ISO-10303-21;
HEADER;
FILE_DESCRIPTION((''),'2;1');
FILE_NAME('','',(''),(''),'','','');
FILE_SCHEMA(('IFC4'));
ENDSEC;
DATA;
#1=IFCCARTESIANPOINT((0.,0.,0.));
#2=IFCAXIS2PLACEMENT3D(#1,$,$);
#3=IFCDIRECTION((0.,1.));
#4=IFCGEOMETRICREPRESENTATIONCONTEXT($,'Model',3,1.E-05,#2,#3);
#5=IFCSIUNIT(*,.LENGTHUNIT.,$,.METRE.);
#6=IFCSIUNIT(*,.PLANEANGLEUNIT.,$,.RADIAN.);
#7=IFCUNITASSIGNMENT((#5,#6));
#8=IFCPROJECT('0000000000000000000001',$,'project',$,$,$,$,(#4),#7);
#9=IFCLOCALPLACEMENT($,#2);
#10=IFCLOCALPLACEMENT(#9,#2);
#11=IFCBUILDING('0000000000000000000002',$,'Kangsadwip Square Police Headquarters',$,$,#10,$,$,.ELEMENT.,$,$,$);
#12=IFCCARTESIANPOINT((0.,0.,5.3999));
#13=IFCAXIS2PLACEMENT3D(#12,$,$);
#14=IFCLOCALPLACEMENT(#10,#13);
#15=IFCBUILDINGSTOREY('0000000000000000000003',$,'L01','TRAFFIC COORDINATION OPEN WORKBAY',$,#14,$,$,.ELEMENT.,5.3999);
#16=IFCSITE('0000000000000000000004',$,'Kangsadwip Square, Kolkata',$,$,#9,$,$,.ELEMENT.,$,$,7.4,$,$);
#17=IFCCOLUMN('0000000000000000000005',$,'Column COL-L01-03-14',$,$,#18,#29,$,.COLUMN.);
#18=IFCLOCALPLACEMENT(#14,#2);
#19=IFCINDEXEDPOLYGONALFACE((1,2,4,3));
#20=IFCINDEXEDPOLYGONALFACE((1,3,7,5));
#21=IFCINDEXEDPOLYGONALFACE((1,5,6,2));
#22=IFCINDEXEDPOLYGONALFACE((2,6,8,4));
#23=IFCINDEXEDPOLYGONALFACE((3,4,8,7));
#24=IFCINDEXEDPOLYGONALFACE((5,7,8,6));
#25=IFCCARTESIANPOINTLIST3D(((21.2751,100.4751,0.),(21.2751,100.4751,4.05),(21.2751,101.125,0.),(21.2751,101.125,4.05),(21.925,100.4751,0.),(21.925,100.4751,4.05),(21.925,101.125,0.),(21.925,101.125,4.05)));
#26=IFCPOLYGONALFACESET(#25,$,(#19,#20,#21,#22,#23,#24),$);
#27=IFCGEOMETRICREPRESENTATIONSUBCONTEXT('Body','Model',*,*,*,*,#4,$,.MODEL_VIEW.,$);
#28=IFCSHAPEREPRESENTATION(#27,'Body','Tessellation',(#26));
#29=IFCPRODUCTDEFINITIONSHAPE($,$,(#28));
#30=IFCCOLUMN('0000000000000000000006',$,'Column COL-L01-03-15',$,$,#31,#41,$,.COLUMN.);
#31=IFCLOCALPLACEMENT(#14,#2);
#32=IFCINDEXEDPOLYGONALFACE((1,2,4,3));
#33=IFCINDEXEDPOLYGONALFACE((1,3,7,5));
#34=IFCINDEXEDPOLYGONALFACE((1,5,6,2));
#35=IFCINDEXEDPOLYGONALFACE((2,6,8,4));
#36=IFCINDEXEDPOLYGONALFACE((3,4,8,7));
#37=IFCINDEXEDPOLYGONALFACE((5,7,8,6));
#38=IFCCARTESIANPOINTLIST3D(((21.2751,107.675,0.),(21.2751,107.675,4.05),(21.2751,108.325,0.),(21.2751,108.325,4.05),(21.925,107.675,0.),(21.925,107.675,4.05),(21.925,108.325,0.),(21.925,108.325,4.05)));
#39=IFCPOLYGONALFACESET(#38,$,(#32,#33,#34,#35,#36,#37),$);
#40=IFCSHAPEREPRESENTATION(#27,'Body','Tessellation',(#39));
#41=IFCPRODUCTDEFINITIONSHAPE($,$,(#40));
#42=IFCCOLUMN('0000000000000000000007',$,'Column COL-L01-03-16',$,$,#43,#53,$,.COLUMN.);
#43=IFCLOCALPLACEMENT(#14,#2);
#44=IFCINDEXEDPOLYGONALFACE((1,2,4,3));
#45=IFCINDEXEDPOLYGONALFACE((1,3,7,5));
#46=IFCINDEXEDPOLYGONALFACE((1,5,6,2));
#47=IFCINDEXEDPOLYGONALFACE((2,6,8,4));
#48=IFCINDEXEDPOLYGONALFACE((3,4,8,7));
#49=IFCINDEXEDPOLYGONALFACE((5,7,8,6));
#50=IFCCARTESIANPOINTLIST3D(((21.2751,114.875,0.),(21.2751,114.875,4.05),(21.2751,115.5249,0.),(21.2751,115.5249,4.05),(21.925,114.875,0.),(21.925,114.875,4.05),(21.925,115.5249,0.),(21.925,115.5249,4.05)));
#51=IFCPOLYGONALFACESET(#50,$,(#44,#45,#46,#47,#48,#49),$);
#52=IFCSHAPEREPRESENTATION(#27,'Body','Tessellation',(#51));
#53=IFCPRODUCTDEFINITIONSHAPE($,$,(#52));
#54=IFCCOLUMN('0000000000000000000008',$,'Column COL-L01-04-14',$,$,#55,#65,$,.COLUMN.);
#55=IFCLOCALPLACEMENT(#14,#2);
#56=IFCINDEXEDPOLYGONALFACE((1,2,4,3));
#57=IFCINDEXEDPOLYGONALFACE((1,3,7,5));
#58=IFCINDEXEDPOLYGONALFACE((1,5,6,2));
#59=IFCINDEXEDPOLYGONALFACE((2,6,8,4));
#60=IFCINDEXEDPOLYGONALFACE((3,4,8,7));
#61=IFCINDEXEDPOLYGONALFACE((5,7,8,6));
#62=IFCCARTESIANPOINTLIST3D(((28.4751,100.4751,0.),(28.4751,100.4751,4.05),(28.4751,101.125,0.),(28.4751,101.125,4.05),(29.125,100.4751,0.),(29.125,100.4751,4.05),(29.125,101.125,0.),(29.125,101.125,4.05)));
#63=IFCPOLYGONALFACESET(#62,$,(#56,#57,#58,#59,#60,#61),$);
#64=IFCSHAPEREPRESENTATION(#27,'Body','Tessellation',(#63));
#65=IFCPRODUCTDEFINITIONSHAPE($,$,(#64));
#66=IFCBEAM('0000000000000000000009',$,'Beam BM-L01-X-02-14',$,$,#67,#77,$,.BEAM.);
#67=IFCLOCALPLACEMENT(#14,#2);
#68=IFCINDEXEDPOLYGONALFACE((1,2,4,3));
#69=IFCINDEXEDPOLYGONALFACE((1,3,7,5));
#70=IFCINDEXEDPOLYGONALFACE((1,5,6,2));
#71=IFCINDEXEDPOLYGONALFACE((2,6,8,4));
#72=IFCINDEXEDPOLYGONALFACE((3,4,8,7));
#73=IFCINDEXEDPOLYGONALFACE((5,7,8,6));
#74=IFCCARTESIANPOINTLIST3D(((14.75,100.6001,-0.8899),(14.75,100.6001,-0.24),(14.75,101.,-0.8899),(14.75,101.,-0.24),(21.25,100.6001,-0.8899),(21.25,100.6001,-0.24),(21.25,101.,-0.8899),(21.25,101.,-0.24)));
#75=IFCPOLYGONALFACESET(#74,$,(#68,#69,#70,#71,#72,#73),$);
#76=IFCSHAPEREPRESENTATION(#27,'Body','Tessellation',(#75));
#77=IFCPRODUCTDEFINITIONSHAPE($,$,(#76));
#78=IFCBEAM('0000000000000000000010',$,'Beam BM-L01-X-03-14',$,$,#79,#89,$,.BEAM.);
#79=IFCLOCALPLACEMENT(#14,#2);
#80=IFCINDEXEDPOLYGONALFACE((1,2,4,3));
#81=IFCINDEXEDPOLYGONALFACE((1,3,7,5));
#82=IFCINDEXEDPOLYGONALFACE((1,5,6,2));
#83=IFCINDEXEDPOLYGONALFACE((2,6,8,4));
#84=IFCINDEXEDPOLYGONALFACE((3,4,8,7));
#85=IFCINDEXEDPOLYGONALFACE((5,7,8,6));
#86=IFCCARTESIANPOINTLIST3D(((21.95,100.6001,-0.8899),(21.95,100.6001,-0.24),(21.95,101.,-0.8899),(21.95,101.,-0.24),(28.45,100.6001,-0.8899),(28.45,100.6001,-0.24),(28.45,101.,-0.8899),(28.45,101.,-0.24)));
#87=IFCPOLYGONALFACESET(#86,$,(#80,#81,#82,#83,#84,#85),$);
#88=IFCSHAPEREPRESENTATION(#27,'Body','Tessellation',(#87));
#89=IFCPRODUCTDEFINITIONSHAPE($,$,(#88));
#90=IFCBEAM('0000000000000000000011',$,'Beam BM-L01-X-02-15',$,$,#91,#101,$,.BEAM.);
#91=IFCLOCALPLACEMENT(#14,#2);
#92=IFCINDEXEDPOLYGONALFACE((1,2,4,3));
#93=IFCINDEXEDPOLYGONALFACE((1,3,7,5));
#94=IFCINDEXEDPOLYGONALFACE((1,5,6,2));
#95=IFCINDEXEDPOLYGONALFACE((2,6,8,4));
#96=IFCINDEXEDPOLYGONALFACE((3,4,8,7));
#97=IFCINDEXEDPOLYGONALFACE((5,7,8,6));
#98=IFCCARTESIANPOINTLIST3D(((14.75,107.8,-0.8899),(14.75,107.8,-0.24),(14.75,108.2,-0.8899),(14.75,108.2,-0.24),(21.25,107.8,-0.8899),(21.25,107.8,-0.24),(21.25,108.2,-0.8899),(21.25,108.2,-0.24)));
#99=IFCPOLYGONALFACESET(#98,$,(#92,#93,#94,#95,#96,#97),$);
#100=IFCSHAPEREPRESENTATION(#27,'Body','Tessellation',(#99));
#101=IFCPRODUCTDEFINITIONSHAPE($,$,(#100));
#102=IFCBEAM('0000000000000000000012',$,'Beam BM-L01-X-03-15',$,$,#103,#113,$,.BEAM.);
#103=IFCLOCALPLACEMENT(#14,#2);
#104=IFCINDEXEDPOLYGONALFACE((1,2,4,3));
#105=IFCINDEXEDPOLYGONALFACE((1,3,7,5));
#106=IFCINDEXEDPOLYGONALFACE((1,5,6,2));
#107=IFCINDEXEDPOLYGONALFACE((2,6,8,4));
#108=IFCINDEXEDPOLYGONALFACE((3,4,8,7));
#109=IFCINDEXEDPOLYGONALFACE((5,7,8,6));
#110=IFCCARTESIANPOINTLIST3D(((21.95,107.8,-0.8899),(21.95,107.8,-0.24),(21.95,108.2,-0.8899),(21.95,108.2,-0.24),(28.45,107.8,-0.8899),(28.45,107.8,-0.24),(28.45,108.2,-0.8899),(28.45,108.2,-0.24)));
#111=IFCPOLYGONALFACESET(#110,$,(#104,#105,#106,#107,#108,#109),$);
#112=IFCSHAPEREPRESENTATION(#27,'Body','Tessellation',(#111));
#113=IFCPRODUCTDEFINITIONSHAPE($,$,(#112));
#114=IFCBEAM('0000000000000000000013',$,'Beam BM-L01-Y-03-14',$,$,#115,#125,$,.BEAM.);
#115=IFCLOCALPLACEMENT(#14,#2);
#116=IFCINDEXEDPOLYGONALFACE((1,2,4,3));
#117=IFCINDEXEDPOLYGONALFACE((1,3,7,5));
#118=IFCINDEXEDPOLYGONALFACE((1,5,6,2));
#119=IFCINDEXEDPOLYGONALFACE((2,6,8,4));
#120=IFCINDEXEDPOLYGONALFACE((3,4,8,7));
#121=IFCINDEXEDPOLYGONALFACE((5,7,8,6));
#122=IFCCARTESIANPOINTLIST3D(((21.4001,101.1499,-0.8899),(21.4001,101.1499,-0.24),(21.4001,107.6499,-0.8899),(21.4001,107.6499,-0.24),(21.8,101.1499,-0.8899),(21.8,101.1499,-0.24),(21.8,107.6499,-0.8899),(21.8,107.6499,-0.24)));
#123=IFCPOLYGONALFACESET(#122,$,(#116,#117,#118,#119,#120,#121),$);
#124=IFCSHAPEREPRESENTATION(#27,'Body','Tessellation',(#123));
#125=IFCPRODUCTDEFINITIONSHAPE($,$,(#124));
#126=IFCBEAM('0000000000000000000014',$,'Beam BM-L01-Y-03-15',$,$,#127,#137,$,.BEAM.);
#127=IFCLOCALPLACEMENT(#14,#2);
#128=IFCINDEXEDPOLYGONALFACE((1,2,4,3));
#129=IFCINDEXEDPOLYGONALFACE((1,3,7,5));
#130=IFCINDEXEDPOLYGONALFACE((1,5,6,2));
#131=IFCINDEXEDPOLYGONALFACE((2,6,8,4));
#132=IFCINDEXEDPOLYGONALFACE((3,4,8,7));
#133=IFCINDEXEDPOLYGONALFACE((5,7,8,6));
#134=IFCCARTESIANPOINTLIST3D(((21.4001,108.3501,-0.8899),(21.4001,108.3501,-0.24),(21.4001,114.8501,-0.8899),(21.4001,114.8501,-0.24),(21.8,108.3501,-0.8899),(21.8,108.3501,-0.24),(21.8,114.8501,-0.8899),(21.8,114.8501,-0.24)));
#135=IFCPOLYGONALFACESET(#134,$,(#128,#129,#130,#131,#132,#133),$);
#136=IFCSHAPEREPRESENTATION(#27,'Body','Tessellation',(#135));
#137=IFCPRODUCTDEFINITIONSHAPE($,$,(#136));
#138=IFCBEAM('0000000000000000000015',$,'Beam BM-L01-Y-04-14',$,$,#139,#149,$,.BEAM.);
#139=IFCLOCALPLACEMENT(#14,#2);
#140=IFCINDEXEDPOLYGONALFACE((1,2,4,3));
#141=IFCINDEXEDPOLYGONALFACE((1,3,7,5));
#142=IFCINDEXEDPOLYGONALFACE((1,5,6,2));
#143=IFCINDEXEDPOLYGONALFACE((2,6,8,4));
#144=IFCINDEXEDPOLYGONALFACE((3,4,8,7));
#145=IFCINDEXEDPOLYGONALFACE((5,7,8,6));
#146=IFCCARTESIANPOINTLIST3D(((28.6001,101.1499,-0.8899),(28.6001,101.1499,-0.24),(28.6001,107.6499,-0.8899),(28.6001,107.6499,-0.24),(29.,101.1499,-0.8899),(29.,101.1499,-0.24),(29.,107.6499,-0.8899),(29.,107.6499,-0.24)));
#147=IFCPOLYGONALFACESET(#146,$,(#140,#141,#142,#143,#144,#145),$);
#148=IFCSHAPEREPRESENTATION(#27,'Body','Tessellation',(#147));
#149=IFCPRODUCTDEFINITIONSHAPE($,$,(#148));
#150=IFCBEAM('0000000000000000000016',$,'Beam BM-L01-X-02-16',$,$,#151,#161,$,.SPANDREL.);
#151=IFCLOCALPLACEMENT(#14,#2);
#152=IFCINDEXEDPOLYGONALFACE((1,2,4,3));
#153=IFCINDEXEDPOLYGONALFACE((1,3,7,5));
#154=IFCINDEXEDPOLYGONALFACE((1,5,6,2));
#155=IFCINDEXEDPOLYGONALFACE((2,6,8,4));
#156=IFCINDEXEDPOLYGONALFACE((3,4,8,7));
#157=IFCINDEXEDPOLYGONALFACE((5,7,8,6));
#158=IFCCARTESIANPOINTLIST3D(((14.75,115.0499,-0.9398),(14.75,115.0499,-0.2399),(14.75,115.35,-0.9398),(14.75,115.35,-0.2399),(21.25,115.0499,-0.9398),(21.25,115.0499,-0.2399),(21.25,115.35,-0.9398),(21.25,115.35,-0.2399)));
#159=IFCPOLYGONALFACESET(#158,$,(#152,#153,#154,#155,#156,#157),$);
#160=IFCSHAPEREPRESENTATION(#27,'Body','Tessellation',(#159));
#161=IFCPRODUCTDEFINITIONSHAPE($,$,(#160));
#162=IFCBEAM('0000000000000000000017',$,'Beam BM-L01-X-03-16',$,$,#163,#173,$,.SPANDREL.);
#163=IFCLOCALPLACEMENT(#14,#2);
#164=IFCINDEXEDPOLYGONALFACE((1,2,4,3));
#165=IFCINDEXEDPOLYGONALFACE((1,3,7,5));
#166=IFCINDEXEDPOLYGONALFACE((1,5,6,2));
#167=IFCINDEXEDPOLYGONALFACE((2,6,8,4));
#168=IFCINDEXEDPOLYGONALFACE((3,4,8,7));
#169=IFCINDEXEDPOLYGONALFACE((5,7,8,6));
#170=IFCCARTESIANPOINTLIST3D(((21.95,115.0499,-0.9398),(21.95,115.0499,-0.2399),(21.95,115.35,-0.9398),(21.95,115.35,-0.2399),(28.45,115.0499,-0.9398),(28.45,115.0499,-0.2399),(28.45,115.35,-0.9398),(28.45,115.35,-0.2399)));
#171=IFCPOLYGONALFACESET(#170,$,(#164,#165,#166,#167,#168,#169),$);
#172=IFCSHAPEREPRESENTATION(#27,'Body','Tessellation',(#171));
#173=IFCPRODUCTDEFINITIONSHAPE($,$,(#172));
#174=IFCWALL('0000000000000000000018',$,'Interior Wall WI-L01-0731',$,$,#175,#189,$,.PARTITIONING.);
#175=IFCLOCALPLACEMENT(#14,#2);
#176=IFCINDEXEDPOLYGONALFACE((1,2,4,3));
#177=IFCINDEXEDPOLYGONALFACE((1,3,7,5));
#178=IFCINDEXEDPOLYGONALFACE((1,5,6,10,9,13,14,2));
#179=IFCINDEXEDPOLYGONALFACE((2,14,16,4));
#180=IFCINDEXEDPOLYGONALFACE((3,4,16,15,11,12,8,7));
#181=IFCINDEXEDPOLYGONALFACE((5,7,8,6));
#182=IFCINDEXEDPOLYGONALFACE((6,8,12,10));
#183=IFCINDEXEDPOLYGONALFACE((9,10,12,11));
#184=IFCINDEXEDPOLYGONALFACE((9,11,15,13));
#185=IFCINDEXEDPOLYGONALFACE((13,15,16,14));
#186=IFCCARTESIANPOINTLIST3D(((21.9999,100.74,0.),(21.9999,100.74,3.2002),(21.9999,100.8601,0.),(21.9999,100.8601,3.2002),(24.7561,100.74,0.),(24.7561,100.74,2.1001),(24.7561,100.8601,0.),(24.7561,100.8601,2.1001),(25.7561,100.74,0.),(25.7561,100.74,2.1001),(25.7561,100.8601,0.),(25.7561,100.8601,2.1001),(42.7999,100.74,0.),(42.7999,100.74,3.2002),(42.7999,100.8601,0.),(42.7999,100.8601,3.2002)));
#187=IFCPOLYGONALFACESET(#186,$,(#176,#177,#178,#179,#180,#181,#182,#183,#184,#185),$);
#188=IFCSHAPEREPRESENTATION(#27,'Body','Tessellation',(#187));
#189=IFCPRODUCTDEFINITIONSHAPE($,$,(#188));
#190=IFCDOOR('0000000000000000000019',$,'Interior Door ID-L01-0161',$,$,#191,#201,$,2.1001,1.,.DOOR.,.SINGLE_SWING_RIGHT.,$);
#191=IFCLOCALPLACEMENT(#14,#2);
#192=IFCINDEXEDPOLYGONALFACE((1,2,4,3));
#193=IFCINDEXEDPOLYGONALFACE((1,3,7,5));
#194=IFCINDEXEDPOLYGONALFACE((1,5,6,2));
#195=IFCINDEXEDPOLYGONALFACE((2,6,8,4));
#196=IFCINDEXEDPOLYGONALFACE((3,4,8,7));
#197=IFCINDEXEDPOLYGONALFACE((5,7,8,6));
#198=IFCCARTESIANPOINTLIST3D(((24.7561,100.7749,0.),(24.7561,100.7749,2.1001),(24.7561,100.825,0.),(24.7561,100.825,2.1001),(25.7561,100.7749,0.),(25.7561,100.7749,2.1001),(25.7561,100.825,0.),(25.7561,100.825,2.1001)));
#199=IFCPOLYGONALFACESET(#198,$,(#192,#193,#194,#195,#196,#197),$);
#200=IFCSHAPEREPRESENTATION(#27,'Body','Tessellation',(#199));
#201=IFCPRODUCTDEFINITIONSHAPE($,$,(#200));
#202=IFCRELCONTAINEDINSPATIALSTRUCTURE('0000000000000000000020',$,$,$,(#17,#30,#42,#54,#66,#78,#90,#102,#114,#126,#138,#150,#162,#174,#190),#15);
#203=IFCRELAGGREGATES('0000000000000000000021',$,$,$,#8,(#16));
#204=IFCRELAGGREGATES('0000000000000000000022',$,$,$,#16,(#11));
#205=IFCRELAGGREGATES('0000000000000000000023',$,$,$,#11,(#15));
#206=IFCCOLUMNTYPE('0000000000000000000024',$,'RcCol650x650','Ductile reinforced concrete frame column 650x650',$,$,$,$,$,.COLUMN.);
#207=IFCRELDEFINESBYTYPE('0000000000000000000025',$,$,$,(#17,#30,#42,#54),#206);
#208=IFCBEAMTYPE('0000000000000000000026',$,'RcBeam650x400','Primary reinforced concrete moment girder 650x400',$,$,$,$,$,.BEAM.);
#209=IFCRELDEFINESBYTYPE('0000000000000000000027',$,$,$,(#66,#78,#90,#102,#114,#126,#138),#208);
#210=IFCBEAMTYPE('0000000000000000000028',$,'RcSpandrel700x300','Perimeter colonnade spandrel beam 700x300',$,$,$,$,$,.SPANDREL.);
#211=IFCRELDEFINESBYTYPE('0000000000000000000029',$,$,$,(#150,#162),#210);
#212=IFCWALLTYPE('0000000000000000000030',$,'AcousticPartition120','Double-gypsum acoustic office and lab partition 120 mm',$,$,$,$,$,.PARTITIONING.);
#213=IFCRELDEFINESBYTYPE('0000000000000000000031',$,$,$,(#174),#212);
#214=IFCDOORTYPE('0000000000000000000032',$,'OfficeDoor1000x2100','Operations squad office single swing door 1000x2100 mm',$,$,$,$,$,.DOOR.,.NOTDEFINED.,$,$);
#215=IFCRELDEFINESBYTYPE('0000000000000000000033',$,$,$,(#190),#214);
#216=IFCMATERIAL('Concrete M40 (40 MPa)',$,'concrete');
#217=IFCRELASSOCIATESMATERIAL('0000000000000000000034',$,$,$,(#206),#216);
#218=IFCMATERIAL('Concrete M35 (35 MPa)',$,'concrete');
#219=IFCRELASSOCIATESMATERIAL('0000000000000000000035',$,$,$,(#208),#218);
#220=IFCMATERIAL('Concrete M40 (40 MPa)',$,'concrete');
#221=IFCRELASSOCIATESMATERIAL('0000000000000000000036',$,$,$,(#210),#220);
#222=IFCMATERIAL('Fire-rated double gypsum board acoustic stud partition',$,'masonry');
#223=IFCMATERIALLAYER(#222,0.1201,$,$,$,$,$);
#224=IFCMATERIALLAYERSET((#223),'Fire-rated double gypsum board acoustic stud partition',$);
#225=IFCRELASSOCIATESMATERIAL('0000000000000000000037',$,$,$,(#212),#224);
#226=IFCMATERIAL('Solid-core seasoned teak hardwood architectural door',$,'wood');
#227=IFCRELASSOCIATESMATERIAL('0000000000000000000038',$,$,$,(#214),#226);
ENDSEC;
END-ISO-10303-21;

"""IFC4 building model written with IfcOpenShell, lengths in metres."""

from ifc_helpers import new_model, si_unit, direction, frame, frame_2d, origin, origin_2d, place, context, subcontext, project, spatial, rectangle, extrude, material, layer, layer_set, material_profile, profile_set, type_object, element, fill, save


model = new_model("IFC4")

# Units and contexts
model_context = context("Model", 3, precision=1e-05, world=origin(), true_north=direction((0.0, 1.0)))
body_context = subcontext(model_context, "Body", "Model", "MODEL_VIEW")
ifc_project = project(units=[si_unit("LENGTHUNIT", "METRE"), si_unit("PLANEANGLEUNIT", "RADIAN")], contexts=[model_context])

# Site, building, storey
site_placement = place(None, origin())
site = spatial("IfcSite", under=ifc_project, at=site_placement, Name="Kangsadwip Square, Kolkata", CompositionType="ELEMENT", RefElevation=7.4)
building_placement = place(site_placement, origin())
building = spatial("IfcBuilding", under=site, at=building_placement, Name="Kangsadwip Square Police Headquarters", CompositionType="ELEMENT")
storey_placement = place(building_placement, frame((0.0, 0.0, 5.3999)))
storey = spatial("IfcBuildingStorey", under=building, at=storey_placement, Name="L01", Description="TRAFFIC COORDINATION OPEN WORKBAY", CompositionType="ELEMENT", Elevation=5.3999)

# Columns
ifc_material_1 = material(Name="Concrete M40 (40 MPa)", Category="concrete")
ifc_material_profile_1 = material_profile(ifc_material_1, rectangle(XDim=0.6499, YDim=0.6499, at=origin_2d()), Name="RC COL 650X650")
ifc_profile_set_1 = profile_set([ifc_material_profile_1], Name="Concrete M40 (40 MPa)")
column_type = type_object("IfcColumnType", Name="RcCol650x650", Description="Ductile reinforced concrete frame column 650x650", PredefinedType="COLUMN", material=ifc_profile_set_1)
for number, where, z_axis, x_axis, name in (
    (1, (21.6001, 100.8, 0.0), (0.0, 0.0, 1.0), (1.0, 0.0, 0.0), "Column COL-L01-03-14"),
    (2, (21.6001, 108.0, 0.0), (0.0, 0.0, 1.0), (1.0, 0.0, 0.0), "Column COL-L01-03-15"),
    (3, (21.6001, 115.2, 0.0), (0.0, 0.0, 1.0), (1.0, 0.0, 0.0), "Column COL-L01-03-16"),
    (4, (28.8, 100.8, 0.0), (0.0, 0.0, 1.0), (1.0, 0.0, 0.0), "Column COL-L01-04-14"),
):
    element("IfcColumn", number, at=place(storey_placement, frame(where, z_axis=z_axis, x_axis=x_axis)), inside=storey, type_object=column_type, Name=name, PredefinedType="COLUMN", context=body_context, shape_type="SweptSolid", body=[
        extrude(rectangle(XDim=0.6499, YDim=0.6499, at=origin_2d()), origin(), (0.0, 0.0, 1.0), 4.05),
    ])

# Beams
ifc_material_2 = material(Name="Concrete M35 (35 MPa)", Category="concrete")
ifc_material_profile_2 = material_profile(ifc_material_2, rectangle(XDim=0.3999, YDim=0.6499, at=origin_2d()), Name="RC BM 650X400")
ifc_profile_set_2 = profile_set([ifc_material_profile_2], Name="Concrete M35 (35 MPa)")
beam_type_1 = type_object("IfcBeamType", Name="RcBeam650x400", Description="Primary reinforced concrete moment girder 650x400", PredefinedType="BEAM", material=ifc_profile_set_2)
for number, where, z_axis, x_axis, name in (
    (5, (14.75, 100.8, -0.5649), (1.0, 0.0, 0.0), (0.0, 1.0, 0.0), "Beam BM-L01-X-02-14"),
    (6, (21.95, 100.8, -0.5649), (1.0, 0.0, 0.0), (0.0, 1.0, 0.0), "Beam BM-L01-X-03-14"),
    (7, (14.75, 108.0, -0.5649), (1.0, 0.0, 0.0), (0.0, 1.0, 0.0), "Beam BM-L01-X-02-15"),
    (8, (21.95, 108.0, -0.5649), (1.0, 0.0, 0.0), (0.0, 1.0, 0.0), "Beam BM-L01-X-03-15"),
    (9, (21.6001, 101.1499, -0.5649), (0.0, 1.0, 0.0), (-1.0, 0.0, 0.0), "Beam BM-L01-Y-03-14"),
    (10, (21.6001, 108.3501, -0.5649), (0.0, 1.0, 0.0), (-1.0, 0.0, 0.0), "Beam BM-L01-Y-03-15"),
    (11, (28.8, 101.1499, -0.5649), (0.0, 1.0, 0.0), (-1.0, 0.0, 0.0), "Beam BM-L01-Y-04-14"),
):
    element("IfcBeam", number, at=place(storey_placement, frame(where, z_axis=z_axis, x_axis=x_axis)), inside=storey, type_object=beam_type_1, Name=name, PredefinedType="BEAM", context=body_context, shape_type="SweptSolid", body=[
        extrude(rectangle(XDim=0.3999, YDim=0.6499, at=origin_2d()), origin(), (0.0, 0.0, 1.0), 6.5),
    ])
ifc_material_3 = material(Name="Concrete M40 (40 MPa)", Category="concrete")
ifc_material_profile_3 = material_profile(ifc_material_3, rectangle(XDim=0.3, YDim=0.7, at=origin_2d()), Name="RC SPN 700X300")
ifc_profile_set_3 = profile_set([ifc_material_profile_3], Name="Concrete M40 (40 MPa)")
beam_type_2 = type_object("IfcBeamType", Name="RcSpandrel700x300", Description="Perimeter colonnade spandrel beam 700x300", PredefinedType="SPANDREL", material=ifc_profile_set_3)
for number, where, z_axis, x_axis, name in (
    (12, (14.75, 115.2, -0.5898), (1.0, 0.0, 0.0), (0.0, 1.0, 0.0), "Beam BM-L01-X-02-16"),
    (13, (21.95, 115.2, -0.5898), (1.0, 0.0, 0.0), (0.0, 1.0, 0.0), "Beam BM-L01-X-03-16"),
):
    element("IfcBeam", number, at=place(storey_placement, frame(where, z_axis=z_axis, x_axis=x_axis)), inside=storey, type_object=beam_type_2, Name=name, PredefinedType="SPANDREL", context=body_context, shape_type="SweptSolid", body=[
        extrude(rectangle(XDim=0.3, YDim=0.7, at=origin_2d()), origin(), (0.0, 0.0, 1.0), 6.5),
    ])

# Wall, opening, door
ifc_material_4 = material(Name="Fire-rated double gypsum board acoustic stud partition", Category="masonry")
ifc_layer_1 = layer(ifc_material_4, 0.1201)
ifc_layer_set_1 = layer_set([ifc_layer_1], Name="Fire-rated double gypsum board acoustic stud partition")
wall_type_1 = type_object("IfcWallType", Name="AcousticPartition120", Description="Double-gypsum acoustic office and lab partition 120 mm", PredefinedType="PARTITIONING", material=ifc_layer_set_1)
wall_1_placement = place(storey_placement, frame((22.0, 100.8, 0.0), z_axis=(0.0, 0.0, 1.0), x_axis=(1.0, 0.0, 0.0)))
wall_1 = element("IfcWall", 14, at=wall_1_placement, inside=storey, type_object=wall_type_1, Name="Interior Wall WI-L01-0731", PredefinedType="PARTITIONING", context=body_context, shape_type="SweptSolid", body=[
    extrude(rectangle(XDim=20.8, YDim=0.1201, at=frame_2d((10.3999, 0.0))), origin(), (0.0, 0.0, 1.0), 3.2002),
])
opening_1_placement = place(wall_1_placement, frame((2.7561, 0.0, 0.0)))
opening_1 = element("IfcOpeningElement", 15, at=opening_1_placement, cuts=wall_1, PredefinedType="OPENING", context=body_context, shape_type="SweptSolid", body=[
    extrude(rectangle(XDim=1.0, YDim=2.1001, at=frame_2d((0.5, 1.05))), frame((0.0, 0.0701, 0.0), z_axis=(0.0, -1.0, 0.0), x_axis=(1.0, 0.0, 0.0)), (0.0, 0.0, 1.0), 0.1401),
])
ifc_material_5 = material(Name="Solid-core seasoned teak hardwood architectural door", Category="wood")
door_type = type_object("IfcDoorType", Name="OfficeDoor1000x2100", Description="Operations squad office single swing door 1000x2100 mm", OperationType="NOTDEFINED", PredefinedType="DOOR", material=ifc_material_5)
door_placement = place(opening_1_placement, origin())
door = element("IfcDoor", 16, at=door_placement, inside=storey, type_object=door_type, Name="Interior Door ID-L01-0161", OperationType="SINGLE_SWING_RIGHT", OverallHeight=2.1001, OverallWidth=1.0, PredefinedType="DOOR", context=body_context, shape_type="SweptSolid", body=[
    extrude(rectangle(XDim=1.0, YDim=2.1001, at=frame_2d((0.5, 1.05))), frame((0.0, 0.0249, 0.0), z_axis=(0.0, -1.0, 0.0), x_axis=(1.0, 0.0, 0.0)), (0.0, 0.0, 1.0), 0.05),
])
fill(opening_1, door)

save(model, "model.ifc")
